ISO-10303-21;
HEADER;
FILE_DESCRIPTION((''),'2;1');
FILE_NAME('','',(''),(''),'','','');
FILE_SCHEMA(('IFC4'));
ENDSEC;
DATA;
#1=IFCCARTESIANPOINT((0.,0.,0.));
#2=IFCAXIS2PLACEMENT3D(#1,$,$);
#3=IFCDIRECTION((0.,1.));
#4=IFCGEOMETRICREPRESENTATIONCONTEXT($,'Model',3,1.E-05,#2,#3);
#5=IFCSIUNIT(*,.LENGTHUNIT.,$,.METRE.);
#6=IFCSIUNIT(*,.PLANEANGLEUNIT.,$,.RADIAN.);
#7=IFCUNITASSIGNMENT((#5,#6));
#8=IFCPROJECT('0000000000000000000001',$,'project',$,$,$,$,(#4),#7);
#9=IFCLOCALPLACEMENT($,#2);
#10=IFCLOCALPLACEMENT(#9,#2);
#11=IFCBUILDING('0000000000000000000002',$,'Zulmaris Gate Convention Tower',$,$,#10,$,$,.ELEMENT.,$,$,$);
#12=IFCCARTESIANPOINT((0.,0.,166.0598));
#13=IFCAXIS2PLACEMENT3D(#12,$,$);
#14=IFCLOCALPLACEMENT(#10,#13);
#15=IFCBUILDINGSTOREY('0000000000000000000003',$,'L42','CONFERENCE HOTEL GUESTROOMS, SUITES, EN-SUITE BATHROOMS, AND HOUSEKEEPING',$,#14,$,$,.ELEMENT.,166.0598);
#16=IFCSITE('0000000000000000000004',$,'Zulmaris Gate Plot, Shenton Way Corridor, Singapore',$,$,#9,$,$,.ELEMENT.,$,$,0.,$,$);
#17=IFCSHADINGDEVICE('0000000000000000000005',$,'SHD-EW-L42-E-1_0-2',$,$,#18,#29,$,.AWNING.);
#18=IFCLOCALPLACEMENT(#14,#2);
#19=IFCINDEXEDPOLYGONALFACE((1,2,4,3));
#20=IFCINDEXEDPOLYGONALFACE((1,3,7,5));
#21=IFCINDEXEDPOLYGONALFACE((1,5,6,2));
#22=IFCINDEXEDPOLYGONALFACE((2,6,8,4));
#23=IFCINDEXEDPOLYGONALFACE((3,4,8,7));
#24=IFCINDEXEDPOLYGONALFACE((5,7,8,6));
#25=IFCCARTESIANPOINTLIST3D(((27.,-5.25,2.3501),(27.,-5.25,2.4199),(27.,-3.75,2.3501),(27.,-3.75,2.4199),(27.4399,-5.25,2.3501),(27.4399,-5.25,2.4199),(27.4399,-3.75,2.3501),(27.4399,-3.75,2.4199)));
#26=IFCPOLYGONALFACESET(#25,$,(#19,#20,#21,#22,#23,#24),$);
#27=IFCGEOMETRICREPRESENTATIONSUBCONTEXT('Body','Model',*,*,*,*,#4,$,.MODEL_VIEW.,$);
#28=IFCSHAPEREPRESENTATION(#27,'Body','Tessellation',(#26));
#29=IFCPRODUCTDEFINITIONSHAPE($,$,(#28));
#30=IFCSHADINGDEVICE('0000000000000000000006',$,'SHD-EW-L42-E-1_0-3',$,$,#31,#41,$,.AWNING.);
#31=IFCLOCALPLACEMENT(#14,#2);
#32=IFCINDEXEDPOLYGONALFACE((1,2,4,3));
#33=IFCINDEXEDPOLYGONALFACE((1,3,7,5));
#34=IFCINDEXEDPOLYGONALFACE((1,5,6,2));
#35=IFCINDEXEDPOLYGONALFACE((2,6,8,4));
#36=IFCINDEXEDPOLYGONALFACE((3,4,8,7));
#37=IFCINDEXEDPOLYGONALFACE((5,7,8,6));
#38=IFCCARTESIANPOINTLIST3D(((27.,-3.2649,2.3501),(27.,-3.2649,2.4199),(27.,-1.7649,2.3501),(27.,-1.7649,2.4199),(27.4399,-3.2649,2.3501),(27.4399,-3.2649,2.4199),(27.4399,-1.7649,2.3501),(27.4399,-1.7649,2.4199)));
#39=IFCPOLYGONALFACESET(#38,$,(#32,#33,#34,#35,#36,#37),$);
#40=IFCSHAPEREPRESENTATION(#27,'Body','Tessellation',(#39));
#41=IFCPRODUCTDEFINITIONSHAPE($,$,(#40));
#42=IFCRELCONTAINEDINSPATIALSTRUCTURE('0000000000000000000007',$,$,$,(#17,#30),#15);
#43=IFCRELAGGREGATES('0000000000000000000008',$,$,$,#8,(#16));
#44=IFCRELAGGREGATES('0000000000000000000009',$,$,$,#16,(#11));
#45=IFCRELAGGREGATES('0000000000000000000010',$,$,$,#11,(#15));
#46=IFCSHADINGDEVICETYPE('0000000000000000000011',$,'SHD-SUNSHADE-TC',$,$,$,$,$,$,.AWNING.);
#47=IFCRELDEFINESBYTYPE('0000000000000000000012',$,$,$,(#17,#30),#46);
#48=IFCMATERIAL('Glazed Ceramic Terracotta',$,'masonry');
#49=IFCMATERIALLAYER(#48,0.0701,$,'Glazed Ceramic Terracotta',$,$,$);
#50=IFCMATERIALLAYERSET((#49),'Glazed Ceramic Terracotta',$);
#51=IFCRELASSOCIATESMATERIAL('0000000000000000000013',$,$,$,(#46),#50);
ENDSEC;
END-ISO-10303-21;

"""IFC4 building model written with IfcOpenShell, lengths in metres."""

from ifc_helpers import new_model, si_unit, direction, frame, frame_2d, origin, place, context, subcontext, project, spatial, rectangle, extrude, material, layer, layer_set, type_object, element, save


model = new_model("IFC4")

# Units and contexts
model_context = context("Model", 3, precision=1e-05, world=origin(), true_north=direction((0.0, 1.0)))
body_context = subcontext(model_context, "Body", "Model", "MODEL_VIEW")
ifc_project = project(units=[si_unit("LENGTHUNIT", "METRE"), si_unit("PLANEANGLEUNIT", "RADIAN")], contexts=[model_context])

# Site, building, storey
site_placement = place(None, origin())
site = spatial("IfcSite", under=ifc_project, at=site_placement, Name="Zulmaris Gate Plot, Shenton Way Corridor, Singapore", CompositionType="ELEMENT", RefElevation=0.0)
building_placement = place(site_placement, origin())
building = spatial("IfcBuilding", under=site, at=building_placement, Name="Zulmaris Gate Convention Tower", CompositionType="ELEMENT")
storey_placement = place(building_placement, frame((0.0, 0.0, 166.0598)))
storey = spatial("IfcBuildingStorey", under=building, at=storey_placement, Name="L42", Description="CONFERENCE HOTEL GUESTROOMS, SUITES, EN-SUITE BATHROOMS, AND HOUSEKEEPING", CompositionType="ELEMENT", Elevation=166.0598)

# Shading devices
ifc_material_1 = material(Name="Glazed Ceramic Terracotta", Category="masonry")
ifc_layer_1 = layer(ifc_material_1, 0.0701, Name="Glazed Ceramic Terracotta")
ifc_layer_set_1 = layer_set([ifc_layer_1], Name="Glazed Ceramic Terracotta")
shading_device_type = type_object("IfcShadingDeviceType", Name="SHD-SUNSHADE-TC", PredefinedType="AWNING", material=ifc_layer_set_1)
for number, where, z_axis, x_axis, name in (
    (1, (27.22, -5.25, 2.3501), (0.0, 0.0, 1.0), (0.0, 1.0, 0.0), "SHD-EW-L42-E-1_0-2"),
    (2, (27.22, -3.2649, 2.3501), (0.0, 0.0, 1.0), (0.0, 1.0, 0.0), "SHD-EW-L42-E-1_0-3"),
):
    element("IfcShadingDevice", number, at=place(storey_placement, frame(where, z_axis=z_axis, x_axis=x_axis)), inside=storey, type_object=shading_device_type, Name=name, PredefinedType="AWNING", context=body_context, shape_type="SweptSolid", body=[
        extrude(rectangle(XDim=1.5, YDim=0.4399, at=frame_2d((0.75, 0.0))), origin(), (0.0, 0.0, 1.0), 0.0698),
    ])

save(model, "model.ifc")
